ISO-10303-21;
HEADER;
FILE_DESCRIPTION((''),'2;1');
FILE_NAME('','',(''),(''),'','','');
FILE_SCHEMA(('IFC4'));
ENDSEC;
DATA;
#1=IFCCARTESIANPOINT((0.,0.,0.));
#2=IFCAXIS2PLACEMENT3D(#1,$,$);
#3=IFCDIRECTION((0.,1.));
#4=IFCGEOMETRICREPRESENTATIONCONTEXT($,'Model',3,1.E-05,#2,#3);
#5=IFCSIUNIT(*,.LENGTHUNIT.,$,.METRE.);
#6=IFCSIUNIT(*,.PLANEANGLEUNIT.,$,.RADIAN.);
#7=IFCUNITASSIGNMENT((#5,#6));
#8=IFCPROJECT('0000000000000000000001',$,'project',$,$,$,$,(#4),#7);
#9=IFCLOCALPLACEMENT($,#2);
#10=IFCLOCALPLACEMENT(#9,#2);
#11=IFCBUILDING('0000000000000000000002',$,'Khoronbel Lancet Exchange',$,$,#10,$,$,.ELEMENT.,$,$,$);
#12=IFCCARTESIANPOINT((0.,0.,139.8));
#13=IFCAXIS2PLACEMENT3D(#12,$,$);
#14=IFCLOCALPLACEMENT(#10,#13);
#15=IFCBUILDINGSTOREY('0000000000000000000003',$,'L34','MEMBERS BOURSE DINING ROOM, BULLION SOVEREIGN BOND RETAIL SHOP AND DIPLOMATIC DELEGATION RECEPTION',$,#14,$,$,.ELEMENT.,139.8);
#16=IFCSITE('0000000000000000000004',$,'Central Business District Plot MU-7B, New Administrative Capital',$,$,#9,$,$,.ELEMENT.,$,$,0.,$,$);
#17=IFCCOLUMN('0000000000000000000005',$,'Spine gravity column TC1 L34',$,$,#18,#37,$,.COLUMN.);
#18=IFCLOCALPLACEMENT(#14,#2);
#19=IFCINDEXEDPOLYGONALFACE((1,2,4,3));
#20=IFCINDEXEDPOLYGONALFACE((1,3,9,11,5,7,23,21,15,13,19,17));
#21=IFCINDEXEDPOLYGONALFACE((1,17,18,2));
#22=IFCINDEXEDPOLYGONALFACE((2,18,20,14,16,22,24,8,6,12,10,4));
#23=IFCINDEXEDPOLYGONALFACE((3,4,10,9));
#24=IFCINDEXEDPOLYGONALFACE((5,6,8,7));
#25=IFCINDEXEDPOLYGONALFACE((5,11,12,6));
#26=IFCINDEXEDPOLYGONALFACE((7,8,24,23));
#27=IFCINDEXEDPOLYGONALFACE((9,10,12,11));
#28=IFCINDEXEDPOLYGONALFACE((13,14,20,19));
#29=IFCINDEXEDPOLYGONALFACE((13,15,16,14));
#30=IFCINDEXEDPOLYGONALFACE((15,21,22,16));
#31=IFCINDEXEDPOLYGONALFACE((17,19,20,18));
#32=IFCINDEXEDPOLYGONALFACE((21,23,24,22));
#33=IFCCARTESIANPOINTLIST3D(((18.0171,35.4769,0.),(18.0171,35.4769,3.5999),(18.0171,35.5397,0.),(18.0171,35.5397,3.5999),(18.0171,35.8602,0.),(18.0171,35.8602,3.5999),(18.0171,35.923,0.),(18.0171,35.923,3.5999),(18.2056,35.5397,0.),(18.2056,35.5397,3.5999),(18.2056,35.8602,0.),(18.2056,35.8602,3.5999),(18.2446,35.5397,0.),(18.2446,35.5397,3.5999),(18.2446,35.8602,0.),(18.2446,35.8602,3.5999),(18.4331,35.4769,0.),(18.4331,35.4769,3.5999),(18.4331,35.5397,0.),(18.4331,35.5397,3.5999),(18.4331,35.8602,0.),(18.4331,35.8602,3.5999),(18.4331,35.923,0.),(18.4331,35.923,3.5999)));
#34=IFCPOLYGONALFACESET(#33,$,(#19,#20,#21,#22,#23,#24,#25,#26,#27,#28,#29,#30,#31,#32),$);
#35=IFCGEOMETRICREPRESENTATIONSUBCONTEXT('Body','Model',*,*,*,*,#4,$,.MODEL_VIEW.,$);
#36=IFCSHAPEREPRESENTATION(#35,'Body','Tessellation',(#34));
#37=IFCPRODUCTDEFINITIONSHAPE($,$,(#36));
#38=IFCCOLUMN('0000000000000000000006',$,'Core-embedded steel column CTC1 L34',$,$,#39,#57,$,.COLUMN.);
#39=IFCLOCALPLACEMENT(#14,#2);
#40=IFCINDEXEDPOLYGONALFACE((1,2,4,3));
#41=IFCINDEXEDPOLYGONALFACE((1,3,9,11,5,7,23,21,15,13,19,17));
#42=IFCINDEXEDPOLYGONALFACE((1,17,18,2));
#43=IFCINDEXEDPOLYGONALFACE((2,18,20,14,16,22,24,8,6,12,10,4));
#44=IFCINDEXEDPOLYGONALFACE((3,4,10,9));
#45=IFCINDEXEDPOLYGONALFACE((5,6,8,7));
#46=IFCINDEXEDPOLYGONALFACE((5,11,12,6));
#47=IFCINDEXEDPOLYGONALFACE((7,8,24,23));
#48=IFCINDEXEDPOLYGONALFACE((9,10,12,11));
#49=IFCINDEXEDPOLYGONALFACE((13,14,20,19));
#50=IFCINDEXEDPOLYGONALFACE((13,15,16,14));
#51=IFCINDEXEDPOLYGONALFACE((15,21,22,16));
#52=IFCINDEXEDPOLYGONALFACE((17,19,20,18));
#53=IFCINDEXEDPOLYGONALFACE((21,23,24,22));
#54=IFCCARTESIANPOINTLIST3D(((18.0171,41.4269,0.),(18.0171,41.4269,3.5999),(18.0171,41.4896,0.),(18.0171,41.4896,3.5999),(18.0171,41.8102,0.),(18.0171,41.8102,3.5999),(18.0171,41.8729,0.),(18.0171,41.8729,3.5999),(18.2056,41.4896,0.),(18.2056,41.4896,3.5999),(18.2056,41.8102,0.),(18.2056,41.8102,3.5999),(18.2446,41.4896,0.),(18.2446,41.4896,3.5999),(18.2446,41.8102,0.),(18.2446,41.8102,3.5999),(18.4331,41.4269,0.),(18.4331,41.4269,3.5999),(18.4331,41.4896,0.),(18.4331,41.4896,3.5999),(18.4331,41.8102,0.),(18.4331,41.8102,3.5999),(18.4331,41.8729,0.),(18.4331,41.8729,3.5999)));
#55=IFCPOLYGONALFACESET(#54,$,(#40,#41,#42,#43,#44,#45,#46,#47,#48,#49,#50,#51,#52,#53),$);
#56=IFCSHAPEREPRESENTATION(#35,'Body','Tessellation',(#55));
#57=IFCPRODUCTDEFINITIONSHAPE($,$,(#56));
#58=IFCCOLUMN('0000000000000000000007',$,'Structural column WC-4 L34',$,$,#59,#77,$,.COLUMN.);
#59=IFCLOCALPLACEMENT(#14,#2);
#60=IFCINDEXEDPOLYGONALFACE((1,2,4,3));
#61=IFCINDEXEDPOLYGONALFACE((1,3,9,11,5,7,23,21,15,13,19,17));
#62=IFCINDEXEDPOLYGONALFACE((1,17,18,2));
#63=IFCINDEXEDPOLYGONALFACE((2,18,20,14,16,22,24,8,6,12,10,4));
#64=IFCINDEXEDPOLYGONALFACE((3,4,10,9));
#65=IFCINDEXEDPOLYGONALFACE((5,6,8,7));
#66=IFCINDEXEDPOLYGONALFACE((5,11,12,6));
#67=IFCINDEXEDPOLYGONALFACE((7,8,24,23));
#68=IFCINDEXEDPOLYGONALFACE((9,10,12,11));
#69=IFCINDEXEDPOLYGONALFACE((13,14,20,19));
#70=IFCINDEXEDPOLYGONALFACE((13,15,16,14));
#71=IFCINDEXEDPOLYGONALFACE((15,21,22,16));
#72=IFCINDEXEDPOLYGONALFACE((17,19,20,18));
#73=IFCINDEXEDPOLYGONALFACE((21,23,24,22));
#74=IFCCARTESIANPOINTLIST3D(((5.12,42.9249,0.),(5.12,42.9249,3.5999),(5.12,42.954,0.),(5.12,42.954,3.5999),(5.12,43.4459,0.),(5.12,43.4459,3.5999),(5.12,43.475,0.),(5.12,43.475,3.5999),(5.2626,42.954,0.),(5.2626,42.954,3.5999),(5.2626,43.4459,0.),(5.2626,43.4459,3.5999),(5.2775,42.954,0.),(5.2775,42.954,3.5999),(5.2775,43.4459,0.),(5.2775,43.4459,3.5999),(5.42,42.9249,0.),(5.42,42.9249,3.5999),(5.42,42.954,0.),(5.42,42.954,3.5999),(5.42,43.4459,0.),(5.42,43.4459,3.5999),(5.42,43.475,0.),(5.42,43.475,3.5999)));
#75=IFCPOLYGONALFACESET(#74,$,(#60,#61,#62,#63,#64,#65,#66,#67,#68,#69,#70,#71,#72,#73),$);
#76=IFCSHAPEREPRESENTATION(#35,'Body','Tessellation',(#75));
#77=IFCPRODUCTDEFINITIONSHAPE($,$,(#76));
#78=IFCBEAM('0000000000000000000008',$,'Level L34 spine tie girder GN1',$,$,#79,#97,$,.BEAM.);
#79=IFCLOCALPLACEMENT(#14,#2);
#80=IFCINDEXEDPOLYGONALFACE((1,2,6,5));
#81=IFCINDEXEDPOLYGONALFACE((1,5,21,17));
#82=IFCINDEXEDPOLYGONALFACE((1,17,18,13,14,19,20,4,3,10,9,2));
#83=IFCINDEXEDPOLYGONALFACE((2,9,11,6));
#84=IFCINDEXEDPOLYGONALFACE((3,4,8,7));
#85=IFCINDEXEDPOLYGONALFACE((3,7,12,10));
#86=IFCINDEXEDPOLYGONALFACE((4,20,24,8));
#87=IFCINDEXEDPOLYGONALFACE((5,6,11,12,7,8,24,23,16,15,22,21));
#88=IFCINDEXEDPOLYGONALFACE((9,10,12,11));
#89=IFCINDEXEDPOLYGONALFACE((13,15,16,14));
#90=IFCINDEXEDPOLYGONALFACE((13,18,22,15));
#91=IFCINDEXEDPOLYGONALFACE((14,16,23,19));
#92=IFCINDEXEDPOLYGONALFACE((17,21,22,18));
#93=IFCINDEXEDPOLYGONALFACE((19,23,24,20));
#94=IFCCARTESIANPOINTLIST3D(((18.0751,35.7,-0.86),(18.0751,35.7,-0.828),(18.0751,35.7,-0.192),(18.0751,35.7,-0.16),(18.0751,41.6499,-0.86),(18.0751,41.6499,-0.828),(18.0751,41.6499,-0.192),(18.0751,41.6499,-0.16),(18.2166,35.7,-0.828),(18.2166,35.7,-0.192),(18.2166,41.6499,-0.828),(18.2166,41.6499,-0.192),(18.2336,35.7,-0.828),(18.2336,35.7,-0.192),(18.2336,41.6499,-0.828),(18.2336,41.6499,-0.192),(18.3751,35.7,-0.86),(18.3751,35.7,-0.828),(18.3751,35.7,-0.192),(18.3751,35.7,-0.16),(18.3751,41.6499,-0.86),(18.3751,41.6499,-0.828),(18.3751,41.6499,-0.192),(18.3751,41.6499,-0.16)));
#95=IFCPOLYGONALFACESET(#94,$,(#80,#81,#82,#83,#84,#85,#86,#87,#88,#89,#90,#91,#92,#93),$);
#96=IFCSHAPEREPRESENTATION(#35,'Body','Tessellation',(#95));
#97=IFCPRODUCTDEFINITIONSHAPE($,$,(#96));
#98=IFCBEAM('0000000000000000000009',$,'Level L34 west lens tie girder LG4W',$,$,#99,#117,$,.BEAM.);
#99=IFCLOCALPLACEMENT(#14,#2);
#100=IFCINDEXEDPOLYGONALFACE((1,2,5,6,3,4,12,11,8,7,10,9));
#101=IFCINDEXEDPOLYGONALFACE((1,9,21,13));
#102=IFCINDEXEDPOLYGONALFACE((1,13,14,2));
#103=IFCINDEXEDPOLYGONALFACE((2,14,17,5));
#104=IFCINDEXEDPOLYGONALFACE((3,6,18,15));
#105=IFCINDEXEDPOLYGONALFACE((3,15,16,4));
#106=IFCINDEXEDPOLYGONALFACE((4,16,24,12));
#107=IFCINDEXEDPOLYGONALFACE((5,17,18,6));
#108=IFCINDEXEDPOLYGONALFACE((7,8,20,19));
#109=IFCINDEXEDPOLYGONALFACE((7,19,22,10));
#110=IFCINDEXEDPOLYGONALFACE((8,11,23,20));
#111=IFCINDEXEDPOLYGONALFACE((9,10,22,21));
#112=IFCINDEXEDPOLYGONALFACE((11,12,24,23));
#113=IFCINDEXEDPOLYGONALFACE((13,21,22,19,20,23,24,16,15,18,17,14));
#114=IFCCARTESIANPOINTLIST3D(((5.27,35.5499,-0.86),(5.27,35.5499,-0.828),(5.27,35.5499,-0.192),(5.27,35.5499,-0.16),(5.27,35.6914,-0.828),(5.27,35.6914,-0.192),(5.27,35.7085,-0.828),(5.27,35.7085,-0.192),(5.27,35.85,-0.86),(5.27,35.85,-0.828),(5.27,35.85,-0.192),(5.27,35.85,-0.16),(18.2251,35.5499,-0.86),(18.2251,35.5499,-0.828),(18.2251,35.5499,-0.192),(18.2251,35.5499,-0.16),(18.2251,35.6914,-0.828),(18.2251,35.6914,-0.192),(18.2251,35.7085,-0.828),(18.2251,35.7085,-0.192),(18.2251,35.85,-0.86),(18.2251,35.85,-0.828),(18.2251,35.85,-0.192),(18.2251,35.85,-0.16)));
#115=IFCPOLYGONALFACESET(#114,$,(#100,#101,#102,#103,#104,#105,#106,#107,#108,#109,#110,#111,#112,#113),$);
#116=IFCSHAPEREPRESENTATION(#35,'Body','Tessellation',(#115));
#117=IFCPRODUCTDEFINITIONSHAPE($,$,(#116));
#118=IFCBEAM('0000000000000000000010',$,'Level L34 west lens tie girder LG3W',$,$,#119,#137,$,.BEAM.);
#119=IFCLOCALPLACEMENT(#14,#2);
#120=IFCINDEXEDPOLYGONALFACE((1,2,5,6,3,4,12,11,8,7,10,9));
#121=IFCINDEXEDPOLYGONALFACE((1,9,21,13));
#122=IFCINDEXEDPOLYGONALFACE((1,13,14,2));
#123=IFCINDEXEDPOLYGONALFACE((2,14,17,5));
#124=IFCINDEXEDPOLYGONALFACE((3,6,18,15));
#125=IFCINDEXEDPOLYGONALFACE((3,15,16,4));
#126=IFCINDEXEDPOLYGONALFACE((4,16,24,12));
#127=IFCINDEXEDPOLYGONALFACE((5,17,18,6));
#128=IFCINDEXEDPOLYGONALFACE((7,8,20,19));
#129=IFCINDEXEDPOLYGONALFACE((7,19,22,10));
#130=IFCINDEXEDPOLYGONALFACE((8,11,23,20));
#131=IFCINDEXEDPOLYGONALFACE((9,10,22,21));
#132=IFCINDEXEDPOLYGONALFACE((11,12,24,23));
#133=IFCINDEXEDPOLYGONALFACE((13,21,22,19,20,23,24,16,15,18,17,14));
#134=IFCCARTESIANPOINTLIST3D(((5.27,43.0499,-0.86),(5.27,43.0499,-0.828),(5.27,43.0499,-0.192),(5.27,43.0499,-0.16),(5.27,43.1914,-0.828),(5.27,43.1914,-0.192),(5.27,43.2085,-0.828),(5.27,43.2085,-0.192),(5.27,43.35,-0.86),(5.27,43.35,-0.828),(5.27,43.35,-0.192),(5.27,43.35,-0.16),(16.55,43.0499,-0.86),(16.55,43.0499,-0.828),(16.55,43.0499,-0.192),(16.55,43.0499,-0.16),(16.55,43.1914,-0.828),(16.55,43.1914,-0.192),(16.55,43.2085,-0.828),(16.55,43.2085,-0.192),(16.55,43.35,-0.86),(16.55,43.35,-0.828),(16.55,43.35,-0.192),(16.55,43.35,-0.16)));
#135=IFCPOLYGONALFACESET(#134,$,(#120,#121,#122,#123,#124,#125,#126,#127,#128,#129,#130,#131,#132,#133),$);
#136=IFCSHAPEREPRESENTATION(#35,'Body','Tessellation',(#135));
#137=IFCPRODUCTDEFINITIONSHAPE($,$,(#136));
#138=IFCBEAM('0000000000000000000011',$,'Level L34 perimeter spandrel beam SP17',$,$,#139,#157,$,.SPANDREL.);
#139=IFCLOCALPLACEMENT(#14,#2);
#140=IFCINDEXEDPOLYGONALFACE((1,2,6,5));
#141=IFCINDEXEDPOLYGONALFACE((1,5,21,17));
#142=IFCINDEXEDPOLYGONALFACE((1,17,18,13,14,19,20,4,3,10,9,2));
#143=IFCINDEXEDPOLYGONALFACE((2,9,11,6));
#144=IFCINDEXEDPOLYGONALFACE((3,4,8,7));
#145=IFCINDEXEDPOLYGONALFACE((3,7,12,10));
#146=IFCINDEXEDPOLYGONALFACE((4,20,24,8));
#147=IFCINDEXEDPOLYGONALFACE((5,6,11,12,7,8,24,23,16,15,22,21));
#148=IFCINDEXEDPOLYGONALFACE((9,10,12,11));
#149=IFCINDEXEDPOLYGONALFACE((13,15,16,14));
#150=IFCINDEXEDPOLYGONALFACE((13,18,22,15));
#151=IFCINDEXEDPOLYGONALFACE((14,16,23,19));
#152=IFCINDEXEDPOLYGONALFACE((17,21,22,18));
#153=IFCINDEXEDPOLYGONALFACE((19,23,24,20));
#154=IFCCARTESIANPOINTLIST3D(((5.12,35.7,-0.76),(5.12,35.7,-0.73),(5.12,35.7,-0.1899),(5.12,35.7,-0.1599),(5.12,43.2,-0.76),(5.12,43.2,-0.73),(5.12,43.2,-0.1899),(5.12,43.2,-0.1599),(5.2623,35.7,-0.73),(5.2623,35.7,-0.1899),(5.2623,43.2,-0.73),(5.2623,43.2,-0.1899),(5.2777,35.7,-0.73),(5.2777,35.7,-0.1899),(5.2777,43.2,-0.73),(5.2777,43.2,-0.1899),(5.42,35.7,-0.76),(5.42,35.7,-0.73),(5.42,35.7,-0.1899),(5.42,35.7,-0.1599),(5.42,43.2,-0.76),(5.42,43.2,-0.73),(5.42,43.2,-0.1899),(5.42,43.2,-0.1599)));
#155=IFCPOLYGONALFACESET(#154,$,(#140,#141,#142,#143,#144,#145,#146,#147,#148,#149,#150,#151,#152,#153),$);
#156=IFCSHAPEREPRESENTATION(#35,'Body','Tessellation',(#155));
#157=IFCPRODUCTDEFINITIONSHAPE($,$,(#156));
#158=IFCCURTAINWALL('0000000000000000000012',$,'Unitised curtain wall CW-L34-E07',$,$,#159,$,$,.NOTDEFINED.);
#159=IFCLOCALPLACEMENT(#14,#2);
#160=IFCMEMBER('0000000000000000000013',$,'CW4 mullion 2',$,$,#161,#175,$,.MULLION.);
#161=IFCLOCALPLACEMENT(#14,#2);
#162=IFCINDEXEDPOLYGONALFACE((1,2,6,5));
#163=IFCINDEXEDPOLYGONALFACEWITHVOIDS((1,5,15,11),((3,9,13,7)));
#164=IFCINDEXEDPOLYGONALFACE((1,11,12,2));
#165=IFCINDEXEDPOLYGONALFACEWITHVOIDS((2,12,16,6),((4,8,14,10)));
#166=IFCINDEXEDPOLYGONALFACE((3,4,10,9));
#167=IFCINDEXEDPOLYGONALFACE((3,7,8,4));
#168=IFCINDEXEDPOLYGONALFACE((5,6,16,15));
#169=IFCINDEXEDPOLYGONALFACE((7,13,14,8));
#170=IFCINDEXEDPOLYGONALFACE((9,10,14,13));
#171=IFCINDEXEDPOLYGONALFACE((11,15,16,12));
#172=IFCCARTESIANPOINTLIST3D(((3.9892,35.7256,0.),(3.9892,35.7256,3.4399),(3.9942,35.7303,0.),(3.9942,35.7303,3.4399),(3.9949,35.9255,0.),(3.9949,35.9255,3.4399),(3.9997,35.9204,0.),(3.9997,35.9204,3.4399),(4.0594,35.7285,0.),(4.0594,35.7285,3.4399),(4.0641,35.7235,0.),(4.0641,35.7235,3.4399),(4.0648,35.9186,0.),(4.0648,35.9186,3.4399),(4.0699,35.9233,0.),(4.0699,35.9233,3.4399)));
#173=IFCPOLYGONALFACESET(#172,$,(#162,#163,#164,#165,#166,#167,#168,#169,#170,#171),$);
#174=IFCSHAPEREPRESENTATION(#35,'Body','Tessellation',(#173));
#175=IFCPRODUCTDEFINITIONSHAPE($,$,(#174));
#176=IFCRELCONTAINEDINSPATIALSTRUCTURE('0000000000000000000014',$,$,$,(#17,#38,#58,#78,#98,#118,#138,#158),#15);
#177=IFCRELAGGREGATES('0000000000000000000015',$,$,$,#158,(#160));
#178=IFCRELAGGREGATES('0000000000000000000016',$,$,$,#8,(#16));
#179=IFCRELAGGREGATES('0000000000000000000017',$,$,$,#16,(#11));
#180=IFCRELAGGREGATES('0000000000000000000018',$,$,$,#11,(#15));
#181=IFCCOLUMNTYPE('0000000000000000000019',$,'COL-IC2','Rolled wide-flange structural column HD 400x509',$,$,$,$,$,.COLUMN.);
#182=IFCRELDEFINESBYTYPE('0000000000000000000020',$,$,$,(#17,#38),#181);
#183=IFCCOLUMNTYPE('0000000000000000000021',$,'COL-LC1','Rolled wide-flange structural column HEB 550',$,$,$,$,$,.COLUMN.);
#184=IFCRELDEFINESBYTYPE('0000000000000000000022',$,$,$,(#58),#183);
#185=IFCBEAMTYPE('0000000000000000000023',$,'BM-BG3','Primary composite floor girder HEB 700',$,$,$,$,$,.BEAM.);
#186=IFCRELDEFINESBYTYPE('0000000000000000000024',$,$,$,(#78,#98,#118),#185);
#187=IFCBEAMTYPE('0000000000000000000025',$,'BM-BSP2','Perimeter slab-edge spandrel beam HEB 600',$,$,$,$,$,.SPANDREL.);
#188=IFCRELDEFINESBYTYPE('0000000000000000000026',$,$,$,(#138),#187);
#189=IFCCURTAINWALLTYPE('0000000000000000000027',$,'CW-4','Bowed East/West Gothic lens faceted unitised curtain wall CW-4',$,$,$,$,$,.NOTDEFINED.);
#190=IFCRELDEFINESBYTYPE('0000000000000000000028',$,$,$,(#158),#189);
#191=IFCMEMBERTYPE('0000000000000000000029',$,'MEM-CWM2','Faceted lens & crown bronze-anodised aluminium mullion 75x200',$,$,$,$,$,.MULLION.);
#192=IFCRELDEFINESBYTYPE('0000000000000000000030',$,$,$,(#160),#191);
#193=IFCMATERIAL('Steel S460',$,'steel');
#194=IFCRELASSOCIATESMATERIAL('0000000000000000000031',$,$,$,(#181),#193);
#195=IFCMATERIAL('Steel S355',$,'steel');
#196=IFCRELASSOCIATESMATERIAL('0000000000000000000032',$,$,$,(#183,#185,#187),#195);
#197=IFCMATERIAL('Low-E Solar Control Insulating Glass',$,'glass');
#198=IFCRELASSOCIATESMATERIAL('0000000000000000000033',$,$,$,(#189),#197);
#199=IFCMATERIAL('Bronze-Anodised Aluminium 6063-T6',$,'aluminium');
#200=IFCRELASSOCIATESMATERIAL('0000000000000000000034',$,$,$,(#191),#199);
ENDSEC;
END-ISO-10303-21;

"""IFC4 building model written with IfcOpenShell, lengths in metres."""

from ifc_helpers import new_model, si_unit, direction, frame, origin, origin_2d, place, context, subcontext, project, spatial, hollow_rectangle, i_section, extrude, material, material_profile, profile_set, type_object, element, aggregate, save


model = new_model("IFC4")

# Units and contexts
model_context = context("Model", 3, precision=1e-05, world=origin(), true_north=direction((0.0, 1.0)))
body_context = subcontext(model_context, "Body", "Model", "MODEL_VIEW")
ifc_project = project(units=[si_unit("LENGTHUNIT", "METRE"), si_unit("PLANEANGLEUNIT", "RADIAN")], contexts=[model_context])

# Site, building, storey
site_placement = place(None, origin())
site = spatial("IfcSite", under=ifc_project, at=site_placement, Name="Central Business District Plot MU-7B, New Administrative Capital", CompositionType="ELEMENT", RefElevation=0.0)
building_placement = place(site_placement, origin())
building = spatial("IfcBuilding", under=site, at=building_placement, Name="Khoronbel Lancet Exchange", CompositionType="ELEMENT")
storey_placement = place(building_placement, frame((0.0, 0.0, 139.8)))
storey = spatial("IfcBuildingStorey", under=building, at=storey_placement, Name="L34", Description="MEMBERS BOURSE DINING ROOM, BULLION SOVEREIGN BOND RETAIL SHOP AND DIPLOMATIC DELEGATION RECEPTION", CompositionType="ELEMENT", Elevation=139.8)

# Columns
ifc_material_1 = material(Name="Steel S460", Category="steel")
ifc_material_profile_1 = material_profile(ifc_material_1, i_section(OverallWidth=0.416, OverallDepth=0.446, WebThickness=0.0391, FlangeThickness=0.0627, at=origin_2d()), Name="HD 400x509")
ifc_profile_set_1 = profile_set([ifc_material_profile_1], Name="Steel S460")
column_type_1 = type_object("IfcColumnType", Name="COL-IC2", Description="Rolled wide-flange structural column HD 400x509", PredefinedType="COLUMN", material=ifc_profile_set_1)
for number, where, z_axis, x_axis, name in (
    (1, (18.2251, 35.7, 0.0), (0.0, 0.0, 1.0), (1.0, 0.0, 0.0), "Spine gravity column TC1 L34"),
    (2, (18.2251, 41.6499, 0.0), (0.0, 0.0, 1.0), (1.0, 0.0, 0.0), "Core-embedded steel column CTC1 L34"),
):
    element("IfcColumn", number, at=place(storey_placement, frame(where, z_axis=z_axis, x_axis=x_axis)), inside=storey, type_object=column_type_1, Name=name, PredefinedType="COLUMN", context=body_context, shape_type="SweptSolid", body=[
        extrude(i_section(OverallWidth=0.416, OverallDepth=0.446, WebThickness=0.0391, FlangeThickness=0.0627, at=origin_2d()), origin(), (0.0, 0.0, 1.0), 3.5999),
    ])
ifc_material_2 = material(Name="Steel S355", Category="steel")
ifc_material_profile_2 = material_profile(ifc_material_2, i_section(OverallWidth=0.3, OverallDepth=0.55, WebThickness=0.0149, FlangeThickness=0.0291, at=origin_2d()), Name="HEB 550")
ifc_profile_set_2 = profile_set([ifc_material_profile_2], Name="Steel S355")
column_type_2 = type_object("IfcColumnType", Name="COL-LC1", Description="Rolled wide-flange structural column HEB 550", PredefinedType="COLUMN", material=ifc_profile_set_2)
column_placement = place(storey_placement, frame((5.27, 43.2, 0.0), z_axis=(0.0, 0.0, 1.0), x_axis=(1.0, 0.0, 0.0)))
element("IfcColumn", 3, at=column_placement, inside=storey, type_object=column_type_2, Name="Structural column WC-4 L34", PredefinedType="COLUMN", context=body_context, shape_type="SweptSolid", body=[
    extrude(i_section(OverallWidth=0.3, OverallDepth=0.55, WebThickness=0.0149, FlangeThickness=0.0291, at=origin_2d()), origin(), (0.0, 0.0, 1.0), 3.5999),
])

# Beams
ifc_material_profile_3 = material_profile(ifc_material_2, i_section(OverallWidth=0.3, OverallDepth=0.7, WebThickness=0.0171, FlangeThickness=0.032, at=origin_2d()), Name="HEB 700")
ifc_profile_set_3 = profile_set([ifc_material_profile_3], Name="Steel S355")
beam_type_1 = type_object("IfcBeamType", Name="BM-BG3", Description="Primary composite floor girder HEB 700", PredefinedType="BEAM", material=ifc_profile_set_3)
beam_1_placement = place(storey_placement, frame((18.2251, 35.7, -0.51), z_axis=(0.0, 1.0, 0.0), x_axis=(-1.0, 0.0, 0.0)))
element("IfcBeam", 4, at=beam_1_placement, inside=storey, type_object=beam_type_1, Name="Level L34 spine tie girder GN1", PredefinedType="BEAM", context=body_context, shape_type="SweptSolid", body=[
    extrude(i_section(OverallWidth=0.3, OverallDepth=0.7, WebThickness=0.0171, FlangeThickness=0.032, at=origin_2d()), origin(), (0.0, 0.0, 1.0), 5.95),
])
beam_2_placement = place(storey_placement, frame((5.27, 35.7, -0.51), z_axis=(1.0, 0.0, 0.0), x_axis=(0.0, 1.0, 0.0)))
element("IfcBeam", 5, at=beam_2_placement, inside=storey, type_object=beam_type_1, Name="Level L34 west lens tie girder LG4W", PredefinedType="BEAM", context=body_context, shape_type="SweptSolid", body=[
    extrude(i_section(OverallWidth=0.3, OverallDepth=0.7, WebThickness=0.0171, FlangeThickness=0.032, at=origin_2d()), origin(), (0.0, 0.0, 1.0), 12.9551),
])
beam_3_placement = place(storey_placement, frame((5.27, 43.2, -0.51), z_axis=(1.0, 0.0, 0.0), x_axis=(0.0, 1.0, 0.0)))
element("IfcBeam", 6, at=beam_3_placement, inside=storey, type_object=beam_type_1, Name="Level L34 west lens tie girder LG3W", PredefinedType="BEAM", context=body_context, shape_type="SweptSolid", body=[
    extrude(i_section(OverallWidth=0.3, OverallDepth=0.7, WebThickness=0.0171, FlangeThickness=0.032, at=origin_2d()), origin(), (0.0, 0.0, 1.0), 11.28),
])
ifc_material_profile_4 = material_profile(ifc_material_2, i_section(OverallWidth=0.3, OverallDepth=0.6001, WebThickness=0.0154, FlangeThickness=0.03, at=origin_2d()), Name="HEB 600")
ifc_profile_set_4 = profile_set([ifc_material_profile_4], Name="Steel S355")
beam_type_2 = type_object("IfcBeamType", Name="BM-BSP2", Description="Perimeter slab-edge spandrel beam HEB 600", PredefinedType="SPANDREL", material=ifc_profile_set_4)
beam_4_placement = place(storey_placement, frame((5.27, 43.2, -0.46), z_axis=(0.0, -1.0, 0.0), x_axis=(1.0, 0.0, 0.0)))
element("IfcBeam", 7, at=beam_4_placement, inside=storey, type_object=beam_type_2, Name="Level L34 perimeter spandrel beam SP17", PredefinedType="SPANDREL", context=body_context, shape_type="SweptSolid", body=[
    extrude(i_section(OverallWidth=0.3, OverallDepth=0.6001, WebThickness=0.0154, FlangeThickness=0.03, at=origin_2d()), origin(), (0.0, 0.0, 1.0), 7.5),
])

# Curtain wall, member
ifc_material_3 = material(Name="Low-E Solar Control Insulating Glass", Category="glass")
curtain_wall_type = type_object("IfcCurtainWallType", Name="CW-4", Description="Bowed East/West Gothic lens faceted unitised curtain wall CW-4", PredefinedType="NOTDEFINED", material=ifc_material_3)
curtain_wall_1_placement = place(storey_placement, origin())
curtain_wall_1 = element("IfcCurtainWall", 8, at=curtain_wall_1_placement, inside=storey, type_object=curtain_wall_type, Name="Unitised curtain wall CW-L34-E07", PredefinedType="NOTDEFINED")
ifc_material_4 = material(Name="Bronze-Anodised Aluminium 6063-T6", Category="aluminium")
ifc_material_profile_5 = material_profile(ifc_material_4, hollow_rectangle(XDim=0.075, YDim=0.2, WallThickness=0.0049, at=origin_2d()), Name="ALU MULLION 75x200")
ifc_profile_set_5 = profile_set([ifc_material_profile_5], Name="Bronze-Anodised Aluminium 6063-T6")
member_type_1 = type_object("IfcMemberType", Name="MEM-CWM2", Description="Faceted lens & crown bronze-anodised aluminium mullion 75x200", PredefinedType="MULLION", material=ifc_profile_set_5)
member_1_placement = place(storey_placement, frame((4.0295, 35.8245, 0.0), z_axis=(0.0, 0.0, 1.0), x_axis=(-0.999591, 0.028613, 0.0)))
member_1 = element("IfcMember", 9, at=member_1_placement, type_object=member_type_1, Name="CW4 mullion 2", PredefinedType="MULLION", context=body_context, shape_type="SweptSolid", body=[
    extrude(hollow_rectangle(XDim=0.075, YDim=0.2, WallThickness=0.0049, at=origin_2d()), origin(), (0.0, 0.0, 1.0), 3.4399),
])
aggregate(curtain_wall_1, [member_1])

save(model, "model.ifc")
